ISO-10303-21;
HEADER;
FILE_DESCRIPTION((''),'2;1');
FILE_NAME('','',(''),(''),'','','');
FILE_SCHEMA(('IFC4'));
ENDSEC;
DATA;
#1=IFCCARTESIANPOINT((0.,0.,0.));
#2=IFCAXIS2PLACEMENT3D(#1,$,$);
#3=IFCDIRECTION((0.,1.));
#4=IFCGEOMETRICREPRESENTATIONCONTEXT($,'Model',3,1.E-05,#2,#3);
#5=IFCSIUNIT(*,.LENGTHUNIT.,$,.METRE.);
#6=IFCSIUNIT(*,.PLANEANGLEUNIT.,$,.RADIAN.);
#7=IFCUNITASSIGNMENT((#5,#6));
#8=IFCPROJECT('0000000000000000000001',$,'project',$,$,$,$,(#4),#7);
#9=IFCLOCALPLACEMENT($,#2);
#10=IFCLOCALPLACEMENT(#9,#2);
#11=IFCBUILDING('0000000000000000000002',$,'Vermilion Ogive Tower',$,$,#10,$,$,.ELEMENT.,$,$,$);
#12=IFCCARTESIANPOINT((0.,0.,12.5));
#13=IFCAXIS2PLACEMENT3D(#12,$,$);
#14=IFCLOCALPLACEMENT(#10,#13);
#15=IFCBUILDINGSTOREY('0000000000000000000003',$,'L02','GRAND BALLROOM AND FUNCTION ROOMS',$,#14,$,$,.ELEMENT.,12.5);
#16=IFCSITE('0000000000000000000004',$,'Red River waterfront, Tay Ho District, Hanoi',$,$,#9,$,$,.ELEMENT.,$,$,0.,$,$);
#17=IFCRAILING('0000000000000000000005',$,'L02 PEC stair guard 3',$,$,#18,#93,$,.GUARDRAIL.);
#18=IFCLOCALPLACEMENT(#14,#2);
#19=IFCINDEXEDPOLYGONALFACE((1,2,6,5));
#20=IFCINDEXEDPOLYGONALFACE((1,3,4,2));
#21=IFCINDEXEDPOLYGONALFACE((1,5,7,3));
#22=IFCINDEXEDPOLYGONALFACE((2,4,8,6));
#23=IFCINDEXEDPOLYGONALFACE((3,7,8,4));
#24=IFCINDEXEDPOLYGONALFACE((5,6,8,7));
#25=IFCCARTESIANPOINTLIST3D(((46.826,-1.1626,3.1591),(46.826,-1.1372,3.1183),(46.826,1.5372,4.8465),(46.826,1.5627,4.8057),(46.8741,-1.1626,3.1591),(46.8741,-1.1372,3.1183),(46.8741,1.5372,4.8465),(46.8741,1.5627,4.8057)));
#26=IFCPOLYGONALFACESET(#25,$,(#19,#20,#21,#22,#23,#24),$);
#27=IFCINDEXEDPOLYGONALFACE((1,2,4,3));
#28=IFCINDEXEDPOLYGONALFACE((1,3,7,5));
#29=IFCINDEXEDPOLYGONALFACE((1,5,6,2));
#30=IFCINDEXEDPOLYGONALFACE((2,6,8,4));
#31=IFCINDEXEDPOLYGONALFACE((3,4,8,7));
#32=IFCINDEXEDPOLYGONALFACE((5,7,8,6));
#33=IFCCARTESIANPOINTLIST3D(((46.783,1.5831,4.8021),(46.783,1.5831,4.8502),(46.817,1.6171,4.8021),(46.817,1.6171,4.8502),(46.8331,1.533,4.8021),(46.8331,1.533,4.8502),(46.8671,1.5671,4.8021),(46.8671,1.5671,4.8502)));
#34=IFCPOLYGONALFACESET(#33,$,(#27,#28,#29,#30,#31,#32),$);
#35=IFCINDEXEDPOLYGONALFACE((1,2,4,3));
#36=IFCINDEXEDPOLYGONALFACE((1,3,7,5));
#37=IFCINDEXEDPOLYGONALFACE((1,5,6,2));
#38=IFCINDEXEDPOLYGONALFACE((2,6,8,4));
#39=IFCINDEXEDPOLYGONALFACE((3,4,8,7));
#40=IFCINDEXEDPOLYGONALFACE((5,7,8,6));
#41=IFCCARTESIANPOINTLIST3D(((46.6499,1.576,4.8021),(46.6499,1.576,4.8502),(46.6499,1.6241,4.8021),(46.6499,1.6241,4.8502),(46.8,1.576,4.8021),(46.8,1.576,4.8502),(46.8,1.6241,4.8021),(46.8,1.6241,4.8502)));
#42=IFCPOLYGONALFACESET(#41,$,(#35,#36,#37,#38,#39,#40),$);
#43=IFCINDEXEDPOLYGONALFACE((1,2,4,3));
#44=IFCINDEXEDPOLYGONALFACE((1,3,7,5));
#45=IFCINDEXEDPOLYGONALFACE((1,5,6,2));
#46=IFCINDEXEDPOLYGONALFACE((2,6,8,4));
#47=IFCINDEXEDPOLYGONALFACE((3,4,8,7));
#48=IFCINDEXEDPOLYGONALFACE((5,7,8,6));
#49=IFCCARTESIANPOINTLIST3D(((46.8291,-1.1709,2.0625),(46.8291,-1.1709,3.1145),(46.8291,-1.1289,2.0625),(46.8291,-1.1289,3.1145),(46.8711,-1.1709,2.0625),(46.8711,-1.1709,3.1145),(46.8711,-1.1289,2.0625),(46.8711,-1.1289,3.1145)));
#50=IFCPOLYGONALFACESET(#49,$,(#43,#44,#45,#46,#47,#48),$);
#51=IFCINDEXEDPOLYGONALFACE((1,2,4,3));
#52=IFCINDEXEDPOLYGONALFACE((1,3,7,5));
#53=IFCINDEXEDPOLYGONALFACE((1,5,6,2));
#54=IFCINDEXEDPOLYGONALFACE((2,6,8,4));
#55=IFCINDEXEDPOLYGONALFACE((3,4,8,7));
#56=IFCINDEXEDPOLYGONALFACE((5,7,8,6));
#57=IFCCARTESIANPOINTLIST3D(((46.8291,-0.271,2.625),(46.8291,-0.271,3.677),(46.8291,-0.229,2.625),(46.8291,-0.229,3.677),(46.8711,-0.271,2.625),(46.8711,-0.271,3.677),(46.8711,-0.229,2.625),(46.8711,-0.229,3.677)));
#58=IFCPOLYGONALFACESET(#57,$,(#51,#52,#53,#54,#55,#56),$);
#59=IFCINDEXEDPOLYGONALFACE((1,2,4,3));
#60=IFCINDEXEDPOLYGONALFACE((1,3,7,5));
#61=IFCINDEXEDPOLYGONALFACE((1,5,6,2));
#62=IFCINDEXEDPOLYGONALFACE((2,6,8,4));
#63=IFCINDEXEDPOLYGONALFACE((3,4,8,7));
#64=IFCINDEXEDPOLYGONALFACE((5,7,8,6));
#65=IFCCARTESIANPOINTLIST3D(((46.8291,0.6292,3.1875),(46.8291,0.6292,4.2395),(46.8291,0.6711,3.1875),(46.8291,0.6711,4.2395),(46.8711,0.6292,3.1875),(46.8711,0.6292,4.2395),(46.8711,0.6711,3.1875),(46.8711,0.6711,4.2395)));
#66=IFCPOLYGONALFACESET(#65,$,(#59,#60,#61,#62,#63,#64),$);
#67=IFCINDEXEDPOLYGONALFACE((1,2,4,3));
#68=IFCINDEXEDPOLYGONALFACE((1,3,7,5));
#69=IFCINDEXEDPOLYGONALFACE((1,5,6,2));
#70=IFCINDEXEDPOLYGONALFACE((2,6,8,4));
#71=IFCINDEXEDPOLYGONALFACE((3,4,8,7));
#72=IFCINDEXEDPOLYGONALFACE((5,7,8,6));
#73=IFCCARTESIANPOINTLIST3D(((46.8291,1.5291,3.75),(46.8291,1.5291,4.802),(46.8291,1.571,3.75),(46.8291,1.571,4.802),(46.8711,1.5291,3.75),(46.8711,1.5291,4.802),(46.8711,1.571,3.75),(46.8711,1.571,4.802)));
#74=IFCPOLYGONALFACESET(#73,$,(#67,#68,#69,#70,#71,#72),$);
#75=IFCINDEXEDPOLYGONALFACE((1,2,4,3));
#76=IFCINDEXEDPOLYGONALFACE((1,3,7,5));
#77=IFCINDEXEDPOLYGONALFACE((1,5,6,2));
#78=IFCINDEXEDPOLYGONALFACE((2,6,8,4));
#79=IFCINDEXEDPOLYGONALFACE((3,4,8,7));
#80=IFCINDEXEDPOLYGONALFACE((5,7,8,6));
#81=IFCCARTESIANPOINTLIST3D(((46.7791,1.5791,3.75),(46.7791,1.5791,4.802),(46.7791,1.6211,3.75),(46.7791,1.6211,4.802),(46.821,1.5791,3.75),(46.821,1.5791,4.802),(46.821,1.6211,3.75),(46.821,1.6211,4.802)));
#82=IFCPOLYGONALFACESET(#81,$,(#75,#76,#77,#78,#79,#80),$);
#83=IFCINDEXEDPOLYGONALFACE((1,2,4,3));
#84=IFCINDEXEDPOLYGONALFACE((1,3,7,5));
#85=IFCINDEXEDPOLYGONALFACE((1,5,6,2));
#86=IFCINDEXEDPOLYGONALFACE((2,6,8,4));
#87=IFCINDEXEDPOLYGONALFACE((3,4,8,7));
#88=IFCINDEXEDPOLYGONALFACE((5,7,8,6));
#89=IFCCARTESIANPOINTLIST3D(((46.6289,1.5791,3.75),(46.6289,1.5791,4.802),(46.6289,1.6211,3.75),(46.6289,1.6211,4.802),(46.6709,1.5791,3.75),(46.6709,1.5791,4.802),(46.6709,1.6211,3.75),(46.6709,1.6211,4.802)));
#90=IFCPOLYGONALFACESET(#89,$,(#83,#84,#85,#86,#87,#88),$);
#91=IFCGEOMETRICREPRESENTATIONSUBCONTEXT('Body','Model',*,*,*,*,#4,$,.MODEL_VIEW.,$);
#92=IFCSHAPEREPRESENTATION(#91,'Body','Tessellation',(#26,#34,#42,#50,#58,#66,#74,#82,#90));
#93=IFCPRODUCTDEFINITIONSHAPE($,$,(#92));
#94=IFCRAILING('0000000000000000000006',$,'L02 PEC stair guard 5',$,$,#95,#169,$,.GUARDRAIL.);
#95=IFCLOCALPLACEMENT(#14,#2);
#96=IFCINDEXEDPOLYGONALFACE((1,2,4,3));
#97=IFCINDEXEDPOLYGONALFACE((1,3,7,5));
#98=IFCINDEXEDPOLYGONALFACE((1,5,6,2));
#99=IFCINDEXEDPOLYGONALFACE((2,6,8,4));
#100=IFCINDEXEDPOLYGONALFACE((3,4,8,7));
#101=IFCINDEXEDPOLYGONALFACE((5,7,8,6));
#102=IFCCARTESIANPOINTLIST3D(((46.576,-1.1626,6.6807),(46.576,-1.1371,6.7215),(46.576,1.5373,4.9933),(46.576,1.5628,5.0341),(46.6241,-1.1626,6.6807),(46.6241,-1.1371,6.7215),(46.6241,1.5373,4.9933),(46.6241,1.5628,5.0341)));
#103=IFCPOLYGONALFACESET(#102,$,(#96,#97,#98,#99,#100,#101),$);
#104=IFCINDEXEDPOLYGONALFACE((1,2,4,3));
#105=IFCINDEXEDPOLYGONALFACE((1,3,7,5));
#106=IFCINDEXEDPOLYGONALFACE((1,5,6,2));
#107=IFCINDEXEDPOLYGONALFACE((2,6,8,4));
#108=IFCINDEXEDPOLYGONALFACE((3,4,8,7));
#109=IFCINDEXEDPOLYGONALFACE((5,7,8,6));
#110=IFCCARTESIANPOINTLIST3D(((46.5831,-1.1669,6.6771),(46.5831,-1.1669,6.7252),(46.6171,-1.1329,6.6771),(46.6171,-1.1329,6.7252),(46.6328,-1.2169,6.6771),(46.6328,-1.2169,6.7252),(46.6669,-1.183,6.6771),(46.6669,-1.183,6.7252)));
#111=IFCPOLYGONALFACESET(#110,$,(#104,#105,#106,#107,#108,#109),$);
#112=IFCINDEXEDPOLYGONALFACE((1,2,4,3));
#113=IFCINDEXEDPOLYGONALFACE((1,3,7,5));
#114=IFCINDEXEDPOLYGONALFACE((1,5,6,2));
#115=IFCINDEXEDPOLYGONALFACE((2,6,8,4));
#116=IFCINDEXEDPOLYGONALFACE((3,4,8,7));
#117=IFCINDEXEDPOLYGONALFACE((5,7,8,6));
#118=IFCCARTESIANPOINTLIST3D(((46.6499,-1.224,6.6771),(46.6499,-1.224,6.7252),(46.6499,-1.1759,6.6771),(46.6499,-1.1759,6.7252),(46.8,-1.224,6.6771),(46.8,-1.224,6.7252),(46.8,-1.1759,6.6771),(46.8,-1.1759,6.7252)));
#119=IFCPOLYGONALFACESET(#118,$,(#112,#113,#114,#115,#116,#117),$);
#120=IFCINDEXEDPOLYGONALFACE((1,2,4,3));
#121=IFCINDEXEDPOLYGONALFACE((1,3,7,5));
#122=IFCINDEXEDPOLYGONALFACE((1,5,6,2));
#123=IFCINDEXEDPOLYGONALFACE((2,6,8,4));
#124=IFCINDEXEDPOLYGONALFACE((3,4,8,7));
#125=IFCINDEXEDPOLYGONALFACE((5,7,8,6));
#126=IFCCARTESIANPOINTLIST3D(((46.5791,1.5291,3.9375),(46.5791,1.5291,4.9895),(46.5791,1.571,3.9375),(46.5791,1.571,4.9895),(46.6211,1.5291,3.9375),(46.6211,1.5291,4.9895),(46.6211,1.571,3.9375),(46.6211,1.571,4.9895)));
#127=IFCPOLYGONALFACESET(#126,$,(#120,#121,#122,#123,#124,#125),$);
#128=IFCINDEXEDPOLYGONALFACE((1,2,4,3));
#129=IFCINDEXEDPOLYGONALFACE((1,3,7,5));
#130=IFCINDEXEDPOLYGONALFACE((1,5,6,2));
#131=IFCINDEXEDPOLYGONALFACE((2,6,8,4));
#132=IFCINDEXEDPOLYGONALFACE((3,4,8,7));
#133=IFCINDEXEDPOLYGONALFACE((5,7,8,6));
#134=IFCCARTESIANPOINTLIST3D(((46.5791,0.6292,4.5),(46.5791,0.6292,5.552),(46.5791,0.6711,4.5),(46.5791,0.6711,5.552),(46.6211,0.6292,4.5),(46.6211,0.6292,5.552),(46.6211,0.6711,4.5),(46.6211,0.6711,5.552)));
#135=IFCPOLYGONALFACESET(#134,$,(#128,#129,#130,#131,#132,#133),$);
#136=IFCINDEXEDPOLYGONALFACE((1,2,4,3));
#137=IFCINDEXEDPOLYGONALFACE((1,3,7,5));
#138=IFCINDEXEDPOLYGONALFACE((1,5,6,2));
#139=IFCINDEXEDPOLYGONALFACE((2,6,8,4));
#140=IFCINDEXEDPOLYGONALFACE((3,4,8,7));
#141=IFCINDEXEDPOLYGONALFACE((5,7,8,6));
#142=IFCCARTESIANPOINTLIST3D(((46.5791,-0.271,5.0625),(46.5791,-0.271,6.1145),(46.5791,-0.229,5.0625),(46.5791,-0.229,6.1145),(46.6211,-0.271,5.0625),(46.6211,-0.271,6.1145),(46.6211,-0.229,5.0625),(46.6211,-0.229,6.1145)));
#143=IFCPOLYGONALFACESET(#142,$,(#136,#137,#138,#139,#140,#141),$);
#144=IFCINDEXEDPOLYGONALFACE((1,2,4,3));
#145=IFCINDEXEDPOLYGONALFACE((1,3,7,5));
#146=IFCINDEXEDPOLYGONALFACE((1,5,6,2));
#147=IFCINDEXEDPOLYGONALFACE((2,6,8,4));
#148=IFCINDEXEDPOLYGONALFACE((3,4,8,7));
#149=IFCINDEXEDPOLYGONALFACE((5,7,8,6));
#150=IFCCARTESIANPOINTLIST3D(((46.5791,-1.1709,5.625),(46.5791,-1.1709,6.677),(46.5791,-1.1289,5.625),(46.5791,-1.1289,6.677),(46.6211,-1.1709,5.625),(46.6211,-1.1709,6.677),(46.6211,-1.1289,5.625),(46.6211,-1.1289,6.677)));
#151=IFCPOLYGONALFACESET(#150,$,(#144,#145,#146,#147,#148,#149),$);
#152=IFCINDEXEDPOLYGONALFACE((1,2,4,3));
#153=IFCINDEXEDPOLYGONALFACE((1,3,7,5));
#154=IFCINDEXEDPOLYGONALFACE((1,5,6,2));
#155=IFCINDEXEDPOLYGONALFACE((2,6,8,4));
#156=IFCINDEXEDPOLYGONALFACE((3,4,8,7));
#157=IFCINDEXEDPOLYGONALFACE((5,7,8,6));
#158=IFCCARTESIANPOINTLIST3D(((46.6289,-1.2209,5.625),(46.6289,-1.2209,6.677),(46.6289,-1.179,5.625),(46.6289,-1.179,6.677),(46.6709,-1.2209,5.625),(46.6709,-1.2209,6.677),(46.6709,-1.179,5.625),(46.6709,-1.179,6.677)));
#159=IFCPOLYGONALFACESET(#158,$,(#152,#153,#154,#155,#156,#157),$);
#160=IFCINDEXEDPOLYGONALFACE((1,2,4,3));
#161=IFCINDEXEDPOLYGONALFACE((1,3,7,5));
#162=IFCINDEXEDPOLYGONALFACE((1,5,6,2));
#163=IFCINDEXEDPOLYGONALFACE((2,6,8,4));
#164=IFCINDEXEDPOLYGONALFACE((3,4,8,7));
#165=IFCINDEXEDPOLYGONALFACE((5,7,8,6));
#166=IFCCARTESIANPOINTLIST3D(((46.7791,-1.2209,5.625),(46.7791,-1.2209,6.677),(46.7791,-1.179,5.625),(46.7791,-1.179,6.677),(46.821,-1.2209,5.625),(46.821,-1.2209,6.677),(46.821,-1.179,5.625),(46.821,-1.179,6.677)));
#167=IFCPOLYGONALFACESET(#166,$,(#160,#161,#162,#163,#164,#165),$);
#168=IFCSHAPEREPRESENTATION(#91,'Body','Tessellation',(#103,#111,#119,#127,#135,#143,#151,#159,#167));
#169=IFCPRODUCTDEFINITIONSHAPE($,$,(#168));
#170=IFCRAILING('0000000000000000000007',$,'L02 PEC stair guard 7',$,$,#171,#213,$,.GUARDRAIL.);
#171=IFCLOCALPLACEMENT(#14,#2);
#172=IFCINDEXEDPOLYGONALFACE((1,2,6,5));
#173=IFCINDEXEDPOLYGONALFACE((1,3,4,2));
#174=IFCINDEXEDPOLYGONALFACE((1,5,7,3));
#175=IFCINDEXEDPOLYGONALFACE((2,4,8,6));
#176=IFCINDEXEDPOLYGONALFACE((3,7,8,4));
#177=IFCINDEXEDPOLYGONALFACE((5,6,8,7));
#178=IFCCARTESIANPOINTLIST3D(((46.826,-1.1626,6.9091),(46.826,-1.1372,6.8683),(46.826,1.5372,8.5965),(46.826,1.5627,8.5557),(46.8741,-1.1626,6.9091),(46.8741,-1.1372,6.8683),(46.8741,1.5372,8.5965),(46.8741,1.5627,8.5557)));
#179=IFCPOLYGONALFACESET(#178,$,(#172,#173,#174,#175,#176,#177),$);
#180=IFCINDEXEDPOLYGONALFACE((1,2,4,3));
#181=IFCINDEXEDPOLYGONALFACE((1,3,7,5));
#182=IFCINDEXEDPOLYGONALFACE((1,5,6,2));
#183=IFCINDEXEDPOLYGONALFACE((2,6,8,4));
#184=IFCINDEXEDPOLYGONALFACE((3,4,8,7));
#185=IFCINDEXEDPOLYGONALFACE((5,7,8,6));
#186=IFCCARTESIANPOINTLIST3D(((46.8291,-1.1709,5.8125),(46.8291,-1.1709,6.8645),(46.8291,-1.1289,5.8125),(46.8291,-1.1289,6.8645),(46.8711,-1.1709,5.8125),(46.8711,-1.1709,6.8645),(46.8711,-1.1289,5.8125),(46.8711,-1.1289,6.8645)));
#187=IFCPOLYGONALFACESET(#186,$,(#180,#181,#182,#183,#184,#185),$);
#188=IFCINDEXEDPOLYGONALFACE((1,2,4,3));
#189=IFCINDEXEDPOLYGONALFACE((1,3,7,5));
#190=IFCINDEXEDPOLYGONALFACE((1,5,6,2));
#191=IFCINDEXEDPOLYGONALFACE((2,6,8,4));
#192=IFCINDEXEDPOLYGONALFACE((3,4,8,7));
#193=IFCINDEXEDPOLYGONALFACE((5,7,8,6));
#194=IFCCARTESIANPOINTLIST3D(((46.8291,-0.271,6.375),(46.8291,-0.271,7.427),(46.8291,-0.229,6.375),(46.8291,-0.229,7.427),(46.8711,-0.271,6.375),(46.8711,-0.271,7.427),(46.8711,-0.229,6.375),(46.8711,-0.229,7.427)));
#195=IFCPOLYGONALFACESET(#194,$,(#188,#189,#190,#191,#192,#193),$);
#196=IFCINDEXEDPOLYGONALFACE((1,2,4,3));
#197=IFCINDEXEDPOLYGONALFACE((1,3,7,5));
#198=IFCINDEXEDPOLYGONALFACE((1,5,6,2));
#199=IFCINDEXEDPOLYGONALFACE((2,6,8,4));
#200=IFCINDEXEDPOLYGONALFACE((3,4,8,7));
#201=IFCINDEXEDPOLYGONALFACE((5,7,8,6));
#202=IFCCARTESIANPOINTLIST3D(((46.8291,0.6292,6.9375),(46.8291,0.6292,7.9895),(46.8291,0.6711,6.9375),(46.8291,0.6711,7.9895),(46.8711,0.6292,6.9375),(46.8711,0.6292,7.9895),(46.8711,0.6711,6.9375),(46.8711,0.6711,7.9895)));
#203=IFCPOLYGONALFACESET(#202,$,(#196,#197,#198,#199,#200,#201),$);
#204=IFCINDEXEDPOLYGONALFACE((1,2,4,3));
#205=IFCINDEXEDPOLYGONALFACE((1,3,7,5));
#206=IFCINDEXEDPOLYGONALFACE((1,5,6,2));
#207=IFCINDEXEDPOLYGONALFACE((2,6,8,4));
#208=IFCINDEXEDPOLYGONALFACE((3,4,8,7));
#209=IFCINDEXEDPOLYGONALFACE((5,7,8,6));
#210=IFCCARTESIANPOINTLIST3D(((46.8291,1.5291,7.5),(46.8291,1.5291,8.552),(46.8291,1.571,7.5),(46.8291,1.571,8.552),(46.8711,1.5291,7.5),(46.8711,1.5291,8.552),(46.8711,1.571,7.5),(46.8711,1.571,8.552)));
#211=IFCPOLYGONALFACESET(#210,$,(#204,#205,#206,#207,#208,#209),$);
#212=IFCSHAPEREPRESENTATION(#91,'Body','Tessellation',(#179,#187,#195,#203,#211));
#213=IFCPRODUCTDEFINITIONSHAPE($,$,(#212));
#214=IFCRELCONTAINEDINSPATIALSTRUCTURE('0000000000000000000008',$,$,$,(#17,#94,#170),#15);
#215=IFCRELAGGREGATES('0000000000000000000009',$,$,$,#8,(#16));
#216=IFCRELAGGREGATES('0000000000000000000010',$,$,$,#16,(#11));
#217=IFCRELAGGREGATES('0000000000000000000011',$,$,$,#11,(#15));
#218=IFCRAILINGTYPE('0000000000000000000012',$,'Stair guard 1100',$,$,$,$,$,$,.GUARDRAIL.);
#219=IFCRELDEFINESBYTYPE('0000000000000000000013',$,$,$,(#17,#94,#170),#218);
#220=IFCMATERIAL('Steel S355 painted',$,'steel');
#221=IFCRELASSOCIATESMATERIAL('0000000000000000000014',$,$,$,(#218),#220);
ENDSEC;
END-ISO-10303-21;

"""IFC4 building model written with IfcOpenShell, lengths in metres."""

from ifc_helpers import new_model, si_unit, direction, frame, origin, origin_2d, place, context, subcontext, project, spatial, rectangle, extrude, material, type_object, element, save


model = new_model("IFC4")

# Units and contexts
model_context = context("Model", 3, precision=1e-05, world=origin(), true_north=direction((0.0, 1.0)))
body_context = subcontext(model_context, "Body", "Model", "MODEL_VIEW")
ifc_project = project(units=[si_unit("LENGTHUNIT", "METRE"), si_unit("PLANEANGLEUNIT", "RADIAN")], contexts=[model_context])

# Site, building, storey
site_placement = place(None, origin())
site = spatial("IfcSite", under=ifc_project, at=site_placement, Name="Red River waterfront, Tay Ho District, Hanoi", CompositionType="ELEMENT", RefElevation=0.0)
building_placement = place(site_placement, origin())
building = spatial("IfcBuilding", under=site, at=building_placement, Name="Vermilion Ogive Tower", CompositionType="ELEMENT")
storey_placement = place(building_placement, frame((0.0, 0.0, 12.5)))
storey = spatial("IfcBuildingStorey", under=building, at=storey_placement, Name="L02", Description="GRAND BALLROOM AND FUNCTION ROOMS", CompositionType="ELEMENT", Elevation=12.5)

# Railings
ifc_material_1 = material(Name="Steel S355 painted", Category="steel")
railing_type_1 = type_object("IfcRailingType", Name="Stair guard 1100", PredefinedType="GUARDRAIL", material=ifc_material_1)
railing_1_placement = place(storey_placement, frame((46.8501, -1.1499, 2.0625)))
element("IfcRailing", 1, at=railing_1_placement, inside=storey, type_object=railing_type_1, Name="L02 PEC stair guard 3", PredefinedType="GUARDRAIL", context=body_context, shape_type="SweptSolid", body=[
    extrude(rectangle(XDim=0.0481, YDim=0.0481, at=origin_2d()), frame((0.0, 0.0, 1.0762), z_axis=(0.0, 0.847994, 0.530006), x_axis=(-1.0, 0.0, 0.0)), (0.0, 0.0, 1.0), 3.1838),
    extrude(rectangle(XDim=0.0481, YDim=0.0481, at=origin_2d()), frame((0.0, 2.7, 2.7637), z_axis=(-0.707107, 0.707107, 0.0), x_axis=(-0.707107, -0.707107, 0.0)), (0.0, 0.0, 1.0), 0.0708),
    extrude(rectangle(XDim=0.0481, YDim=0.0481, at=origin_2d()), frame((-0.05, 2.75, 2.7637), z_axis=(-1.0, 0.0, 0.0), x_axis=(0.0, -1.0, 0.0)), (0.0, 0.0, 1.0), 0.1501),
    extrude(rectangle(XDim=0.042, YDim=0.042, at=origin_2d()), origin(), (0.0, 0.0, 1.0), 1.052),
    extrude(rectangle(XDim=0.042, YDim=0.042, at=origin_2d()), frame((0.0, 0.8999, 0.5625)), (0.0, 0.0, 1.0), 1.052),
    extrude(rectangle(XDim=0.042, YDim=0.042, at=origin_2d()), frame((0.0, 1.8, 1.125)), (0.0, 0.0, 1.0), 1.052),
    extrude(rectangle(XDim=0.042, YDim=0.042, at=origin_2d()), frame((0.0, 2.7, 1.6875)), (0.0, 0.0, 1.0), 1.052),
    extrude(rectangle(XDim=0.042, YDim=0.042, at=origin_2d()), frame((-0.05, 2.75, 1.6875)), (0.0, 0.0, 1.0), 1.052),
    extrude(rectangle(XDim=0.042, YDim=0.042, at=origin_2d()), frame((-0.2002, 2.75, 1.6875)), (0.0, 0.0, 1.0), 1.052),
])
railing_2_placement = place(storey_placement, frame((46.6001, 1.55, 3.9375)))
element("IfcRailing", 2, at=railing_2_placement, inside=storey, type_object=railing_type_1, Name="L02 PEC stair guard 5", PredefinedType="GUARDRAIL", context=body_context, shape_type="SweptSolid", body=[
    extrude(rectangle(XDim=0.0481, YDim=0.0481, at=origin_2d()), frame((0.0, 0.0, 1.0762), z_axis=(0.0, -0.847994, 0.530006), x_axis=(1.0, 0.0, 0.0)), (0.0, 0.0, 1.0), 3.1838),
    extrude(rectangle(XDim=0.0481, YDim=0.0481, at=origin_2d()), frame((0.0, -2.7, 2.7637), z_axis=(0.705376, -0.708834, 0.0), x_axis=(0.708834, 0.705376, 0.0)), (0.0, 0.0, 1.0), 0.0706),
    extrude(rectangle(XDim=0.0481, YDim=0.0481, at=origin_2d()), frame((0.0498, -2.75, 2.7637), z_axis=(1.0, 0.0, 0.0), x_axis=(0.0, 1.0, 0.0)), (0.0, 0.0, 1.0), 0.1501),
    extrude(rectangle(XDim=0.042, YDim=0.042, at=origin_2d()), origin(), (0.0, 0.0, 1.0), 1.052),
    extrude(rectangle(XDim=0.042, YDim=0.042, at=origin_2d()), frame((0.0, -0.8999, 0.5625)), (0.0, 0.0, 1.0), 1.052),
    extrude(rectangle(XDim=0.042, YDim=0.042, at=origin_2d()), frame((0.0, -1.8, 1.125)), (0.0, 0.0, 1.0), 1.052),
    extrude(rectangle(XDim=0.042, YDim=0.042, at=origin_2d()), frame((0.0, -2.7, 1.6875)), (0.0, 0.0, 1.0), 1.052),
    extrude(rectangle(XDim=0.042, YDim=0.042, at=origin_2d()), frame((0.0498, -2.75, 1.6875)), (0.0, 0.0, 1.0), 1.052),
    extrude(rectangle(XDim=0.042, YDim=0.042, at=origin_2d()), frame((0.2, -2.75, 1.6875)), (0.0, 0.0, 1.0), 1.052),
])
railing_3_placement = place(storey_placement, frame((46.8501, -1.1499, 5.8125)))
element("IfcRailing", 3, at=railing_3_placement, inside=storey, type_object=railing_type_1, Name="L02 PEC stair guard 7", PredefinedType="GUARDRAIL", context=body_context, shape_type="SweptSolid", body=[
    extrude(rectangle(XDim=0.0481, YDim=0.0481, at=origin_2d()), frame((0.0, 0.0, 1.0762), z_axis=(0.0, 0.847994, 0.530006), x_axis=(-1.0, 0.0, 0.0)), (0.0, 0.0, 1.0), 3.1838),
    extrude(rectangle(XDim=0.042, YDim=0.042, at=origin_2d()), origin(), (0.0, 0.0, 1.0), 1.052),
    extrude(rectangle(XDim=0.042, YDim=0.042, at=origin_2d()), frame((0.0, 0.8999, 0.5625)), (0.0, 0.0, 1.0), 1.052),
    extrude(rectangle(XDim=0.042, YDim=0.042, at=origin_2d()), frame((0.0, 1.8, 1.125)), (0.0, 0.0, 1.0), 1.052),
    extrude(rectangle(XDim=0.042, YDim=0.042, at=origin_2d()), frame((0.0, 2.7, 1.6875)), (0.0, 0.0, 1.0), 1.052),
])

save(model, "model.ifc")
